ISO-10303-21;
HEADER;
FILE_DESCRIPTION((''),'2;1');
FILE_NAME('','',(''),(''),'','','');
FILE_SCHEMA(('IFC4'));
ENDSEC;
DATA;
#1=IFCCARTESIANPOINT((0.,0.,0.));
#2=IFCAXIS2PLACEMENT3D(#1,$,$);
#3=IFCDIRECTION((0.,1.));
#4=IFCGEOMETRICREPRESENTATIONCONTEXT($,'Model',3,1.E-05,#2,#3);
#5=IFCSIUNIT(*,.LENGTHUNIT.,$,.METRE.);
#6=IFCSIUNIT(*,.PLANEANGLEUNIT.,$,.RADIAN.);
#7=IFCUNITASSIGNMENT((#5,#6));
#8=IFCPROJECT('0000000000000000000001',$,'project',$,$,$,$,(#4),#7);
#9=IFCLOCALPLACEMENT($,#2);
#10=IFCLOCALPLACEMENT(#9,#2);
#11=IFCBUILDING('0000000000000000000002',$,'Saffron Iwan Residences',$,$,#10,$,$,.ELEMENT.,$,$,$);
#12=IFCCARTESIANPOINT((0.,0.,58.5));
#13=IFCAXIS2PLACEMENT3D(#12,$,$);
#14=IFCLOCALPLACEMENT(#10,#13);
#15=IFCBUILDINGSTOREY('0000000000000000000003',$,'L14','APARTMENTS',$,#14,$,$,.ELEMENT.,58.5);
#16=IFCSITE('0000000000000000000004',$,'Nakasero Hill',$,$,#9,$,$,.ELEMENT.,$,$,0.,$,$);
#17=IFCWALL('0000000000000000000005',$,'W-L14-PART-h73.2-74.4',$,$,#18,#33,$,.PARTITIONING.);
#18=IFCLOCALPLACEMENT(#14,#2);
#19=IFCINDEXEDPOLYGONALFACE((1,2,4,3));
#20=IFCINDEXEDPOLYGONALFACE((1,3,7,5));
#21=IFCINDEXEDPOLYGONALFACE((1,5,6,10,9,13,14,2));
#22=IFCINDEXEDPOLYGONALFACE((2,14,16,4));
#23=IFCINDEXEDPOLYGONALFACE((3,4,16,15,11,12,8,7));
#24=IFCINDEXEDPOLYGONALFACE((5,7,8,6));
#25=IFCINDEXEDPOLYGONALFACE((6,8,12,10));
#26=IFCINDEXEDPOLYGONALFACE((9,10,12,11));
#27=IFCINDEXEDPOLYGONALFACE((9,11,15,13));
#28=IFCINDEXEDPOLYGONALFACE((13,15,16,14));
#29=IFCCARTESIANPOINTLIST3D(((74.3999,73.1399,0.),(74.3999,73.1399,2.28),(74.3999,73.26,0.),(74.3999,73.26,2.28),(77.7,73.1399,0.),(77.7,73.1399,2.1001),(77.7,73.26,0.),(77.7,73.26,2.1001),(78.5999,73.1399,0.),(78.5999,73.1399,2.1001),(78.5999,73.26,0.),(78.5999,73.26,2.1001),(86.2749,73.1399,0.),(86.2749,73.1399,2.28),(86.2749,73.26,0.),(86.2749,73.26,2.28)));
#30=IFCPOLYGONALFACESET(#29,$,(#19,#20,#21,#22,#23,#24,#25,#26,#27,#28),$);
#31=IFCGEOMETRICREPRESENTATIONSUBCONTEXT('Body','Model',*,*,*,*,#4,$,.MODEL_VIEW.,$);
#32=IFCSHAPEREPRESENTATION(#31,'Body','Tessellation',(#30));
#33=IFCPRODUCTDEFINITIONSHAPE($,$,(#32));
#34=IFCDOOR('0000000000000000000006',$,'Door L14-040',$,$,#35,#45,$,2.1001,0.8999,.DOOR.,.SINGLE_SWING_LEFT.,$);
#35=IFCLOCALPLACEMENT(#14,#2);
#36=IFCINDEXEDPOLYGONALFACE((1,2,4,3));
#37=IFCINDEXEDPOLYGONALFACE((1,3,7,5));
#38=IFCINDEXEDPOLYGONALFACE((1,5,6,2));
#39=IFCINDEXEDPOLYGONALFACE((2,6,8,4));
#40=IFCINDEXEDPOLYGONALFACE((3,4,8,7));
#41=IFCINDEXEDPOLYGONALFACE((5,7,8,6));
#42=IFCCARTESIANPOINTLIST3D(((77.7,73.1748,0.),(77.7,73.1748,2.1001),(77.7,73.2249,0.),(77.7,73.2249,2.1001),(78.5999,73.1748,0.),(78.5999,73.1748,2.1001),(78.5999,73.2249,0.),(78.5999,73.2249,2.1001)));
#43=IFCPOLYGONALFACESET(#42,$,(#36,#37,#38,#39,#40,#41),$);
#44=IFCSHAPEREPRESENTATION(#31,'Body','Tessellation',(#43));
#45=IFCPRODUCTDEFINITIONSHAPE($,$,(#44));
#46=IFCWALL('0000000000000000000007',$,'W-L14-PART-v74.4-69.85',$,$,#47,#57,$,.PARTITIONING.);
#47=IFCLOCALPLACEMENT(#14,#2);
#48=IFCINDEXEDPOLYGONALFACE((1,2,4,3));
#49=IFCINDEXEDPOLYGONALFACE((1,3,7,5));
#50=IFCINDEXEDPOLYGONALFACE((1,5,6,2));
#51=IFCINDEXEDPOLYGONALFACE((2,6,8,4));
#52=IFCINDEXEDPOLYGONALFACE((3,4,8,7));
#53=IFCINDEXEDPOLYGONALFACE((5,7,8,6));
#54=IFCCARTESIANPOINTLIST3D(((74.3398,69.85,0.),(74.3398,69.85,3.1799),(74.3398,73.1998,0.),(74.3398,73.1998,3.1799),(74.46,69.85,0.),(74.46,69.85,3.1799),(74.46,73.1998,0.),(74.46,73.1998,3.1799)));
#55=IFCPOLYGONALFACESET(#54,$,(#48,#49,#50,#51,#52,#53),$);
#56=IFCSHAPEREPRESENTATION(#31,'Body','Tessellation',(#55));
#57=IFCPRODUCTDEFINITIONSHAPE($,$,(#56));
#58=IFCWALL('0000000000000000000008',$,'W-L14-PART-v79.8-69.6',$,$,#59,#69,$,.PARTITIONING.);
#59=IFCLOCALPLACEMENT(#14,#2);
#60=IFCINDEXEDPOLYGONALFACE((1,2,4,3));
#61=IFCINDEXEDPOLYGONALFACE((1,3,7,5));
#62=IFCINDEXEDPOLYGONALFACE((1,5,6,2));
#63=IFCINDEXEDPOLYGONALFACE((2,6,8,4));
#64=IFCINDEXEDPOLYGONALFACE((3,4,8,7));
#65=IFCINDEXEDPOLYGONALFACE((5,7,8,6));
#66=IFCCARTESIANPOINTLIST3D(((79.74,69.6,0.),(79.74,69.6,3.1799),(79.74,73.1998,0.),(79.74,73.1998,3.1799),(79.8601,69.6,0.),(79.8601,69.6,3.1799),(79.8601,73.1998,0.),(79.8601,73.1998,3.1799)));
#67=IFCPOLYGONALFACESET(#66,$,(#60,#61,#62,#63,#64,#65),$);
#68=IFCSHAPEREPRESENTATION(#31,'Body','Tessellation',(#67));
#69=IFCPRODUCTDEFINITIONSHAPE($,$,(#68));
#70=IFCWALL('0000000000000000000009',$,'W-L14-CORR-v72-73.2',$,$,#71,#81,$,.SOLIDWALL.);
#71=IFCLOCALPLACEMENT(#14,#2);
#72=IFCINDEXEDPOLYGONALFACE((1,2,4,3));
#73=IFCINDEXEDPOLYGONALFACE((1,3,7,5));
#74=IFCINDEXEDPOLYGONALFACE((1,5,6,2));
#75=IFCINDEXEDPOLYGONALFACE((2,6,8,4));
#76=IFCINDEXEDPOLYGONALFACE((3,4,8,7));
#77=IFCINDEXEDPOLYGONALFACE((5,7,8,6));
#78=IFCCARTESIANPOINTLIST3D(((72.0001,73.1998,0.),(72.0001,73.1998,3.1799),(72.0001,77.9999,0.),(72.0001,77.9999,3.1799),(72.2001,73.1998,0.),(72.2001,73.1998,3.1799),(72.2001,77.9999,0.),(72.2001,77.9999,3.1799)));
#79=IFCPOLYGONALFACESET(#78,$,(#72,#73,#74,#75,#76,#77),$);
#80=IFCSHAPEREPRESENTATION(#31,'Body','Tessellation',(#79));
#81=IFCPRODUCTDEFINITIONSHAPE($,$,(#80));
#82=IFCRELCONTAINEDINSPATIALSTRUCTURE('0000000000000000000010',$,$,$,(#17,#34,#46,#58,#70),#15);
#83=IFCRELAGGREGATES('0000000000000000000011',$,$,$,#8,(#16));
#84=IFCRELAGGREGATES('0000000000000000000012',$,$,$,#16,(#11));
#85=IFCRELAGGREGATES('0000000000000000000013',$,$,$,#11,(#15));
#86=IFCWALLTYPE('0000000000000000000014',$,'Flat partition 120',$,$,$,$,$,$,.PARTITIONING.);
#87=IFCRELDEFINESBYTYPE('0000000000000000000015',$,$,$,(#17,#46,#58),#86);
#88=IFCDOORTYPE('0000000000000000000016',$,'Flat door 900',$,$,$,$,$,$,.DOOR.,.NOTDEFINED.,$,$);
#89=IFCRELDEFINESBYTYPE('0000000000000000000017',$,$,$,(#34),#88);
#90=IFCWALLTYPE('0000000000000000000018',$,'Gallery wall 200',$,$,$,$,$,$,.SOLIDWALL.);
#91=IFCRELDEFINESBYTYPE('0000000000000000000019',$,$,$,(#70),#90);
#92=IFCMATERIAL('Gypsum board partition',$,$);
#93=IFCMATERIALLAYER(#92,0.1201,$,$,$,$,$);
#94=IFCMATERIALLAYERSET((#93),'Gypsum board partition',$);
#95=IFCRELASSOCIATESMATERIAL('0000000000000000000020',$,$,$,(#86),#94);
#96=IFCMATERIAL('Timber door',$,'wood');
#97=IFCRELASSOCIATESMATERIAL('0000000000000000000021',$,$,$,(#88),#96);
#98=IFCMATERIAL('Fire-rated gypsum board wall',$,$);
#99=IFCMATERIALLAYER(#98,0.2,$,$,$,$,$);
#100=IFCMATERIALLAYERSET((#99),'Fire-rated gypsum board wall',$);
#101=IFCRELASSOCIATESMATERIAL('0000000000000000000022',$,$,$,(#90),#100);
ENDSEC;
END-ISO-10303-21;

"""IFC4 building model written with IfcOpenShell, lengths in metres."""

from ifc_helpers import new_model, si_unit, direction, frame, frame_2d, origin, place, context, subcontext, project, spatial, rectangle, extrude, material, layer, layer_set, type_object, element, fill, save


model = new_model("IFC4")

# Units and contexts
model_context = context("Model", 3, precision=1e-05, world=origin(), true_north=direction((0.0, 1.0)))
body_context = subcontext(model_context, "Body", "Model", "MODEL_VIEW")
ifc_project = project(units=[si_unit("LENGTHUNIT", "METRE"), si_unit("PLANEANGLEUNIT", "RADIAN")], contexts=[model_context])

# Site, building, storey
site_placement = place(None, origin())
site = spatial("IfcSite", under=ifc_project, at=site_placement, Name="Nakasero Hill", CompositionType="ELEMENT", RefElevation=0.0)
building_placement = place(site_placement, origin())
building = spatial("IfcBuilding", under=site, at=building_placement, Name="Saffron Iwan Residences", CompositionType="ELEMENT")
storey_placement = place(building_placement, frame((0.0, 0.0, 58.5)))
storey = spatial("IfcBuildingStorey", under=building, at=storey_placement, Name="L14", Description="APARTMENTS", CompositionType="ELEMENT", Elevation=58.5)

# Shared definitions
ifc_material_1 = material(Name="Gypsum board partition")
ifc_layer_1 = layer(ifc_material_1, 0.1201)
ifc_layer_set_1 = layer_set([ifc_layer_1], Name="Gypsum board partition")
wall_type_1 = type_object("IfcWallType", Name="Flat partition 120", PredefinedType="PARTITIONING", material=ifc_layer_set_1)
ifc_material_2 = material(Name="Timber door", Category="wood")

# Wall, opening, door
wall_1_placement = place(storey_placement, frame((74.3999, 73.2, 0.0), z_axis=(0.0, 0.0, 1.0), x_axis=(1.0, 0.0, 0.0)))
wall_1 = element("IfcWall", 1, at=wall_1_placement, inside=storey, type_object=wall_type_1, Name="W-L14-PART-h73.2-74.4", PredefinedType="PARTITIONING", context=body_context, shape_type="SweptSolid", body=[
    extrude(rectangle(XDim=11.875, YDim=0.1201, at=frame_2d((5.9375, 0.0))), origin(), (0.0, 0.0, 1.0), 2.28),
])
opening_1_placement = place(wall_1_placement, frame((3.3, 0.0, 0.0)))
opening_1 = element("IfcOpeningElement", 2, at=opening_1_placement, cuts=wall_1, PredefinedType="OPENING", context=body_context, shape_type="SweptSolid", body=[
    extrude(rectangle(XDim=0.8999, YDim=2.1001, at=frame_2d((0.45, 1.05))), frame((0.0, 0.0701, 0.0), z_axis=(0.0, -1.0, 0.0), x_axis=(1.0, 0.0, 0.0)), (0.0, 0.0, 1.0), 0.1401),
])
door_type_1 = type_object("IfcDoorType", Name="Flat door 900", OperationType="NOTDEFINED", PredefinedType="DOOR", material=ifc_material_2)
door_1_placement = place(opening_1_placement, origin())
door_1 = element("IfcDoor", 3, at=door_1_placement, inside=storey, type_object=door_type_1, Name="Door L14-040", OperationType="SINGLE_SWING_LEFT", OverallHeight=2.1001, OverallWidth=0.8999, PredefinedType="DOOR", context=body_context, shape_type="SweptSolid", body=[
    extrude(rectangle(XDim=0.8999, YDim=2.1001, at=frame_2d((0.45, 1.05))), frame((0.0, 0.0249, 0.0), z_axis=(0.0, -1.0, 0.0), x_axis=(1.0, 0.0, 0.0)), (0.0, 0.0, 1.0), 0.05),
])
fill(opening_1, door_1)

# Walls
wall_2_placement = place(storey_placement, frame((74.3999, 69.8501, 0.0), z_axis=(0.0, 0.0, 1.0), x_axis=(0.0, 1.0, 0.0)))
element("IfcWall", 4, at=wall_2_placement, inside=storey, type_object=wall_type_1, Name="W-L14-PART-v74.4-69.85", PredefinedType="PARTITIONING", context=body_context, shape_type="SweptSolid", body=[
    extrude(rectangle(XDim=3.3499, YDim=0.1201, at=frame_2d((1.6748, 0.0))), origin(), (0.0, 0.0, 1.0), 3.1799),
])
wall_3_placement = place(storey_placement, frame((79.8, 69.6001, 0.0), z_axis=(0.0, 0.0, 1.0), x_axis=(0.0, 1.0, 0.0)))
element("IfcWall", 5, at=wall_3_placement, inside=storey, type_object=wall_type_1, Name="W-L14-PART-v79.8-69.6", PredefinedType="PARTITIONING", context=body_context, shape_type="SweptSolid", body=[
    extrude(rectangle(XDim=3.5999, YDim=0.1201, at=frame_2d((1.7998, 0.0))), origin(), (0.0, 0.0, 1.0), 3.1799),
])
ifc_material_3 = material(Name="Fire-rated gypsum board wall")
ifc_layer_2 = layer(ifc_material_3, 0.2)
ifc_layer_set_2 = layer_set([ifc_layer_2], Name="Fire-rated gypsum board wall")
wall_type_2 = type_object("IfcWallType", Name="Gallery wall 200", PredefinedType="SOLIDWALL", material=ifc_layer_set_2)
wall_4_placement = place(storey_placement, frame((72.1001, 73.2, 0.0), z_axis=(0.0, 0.0, 1.0), x_axis=(0.0, 1.0, 0.0)))
element("IfcWall", 6, at=wall_4_placement, inside=storey, type_object=wall_type_2, Name="W-L14-CORR-v72-73.2", PredefinedType="SOLIDWALL", context=body_context, shape_type="SweptSolid", body=[
    extrude(rectangle(XDim=4.8, YDim=0.2, at=frame_2d((2.3999, 0.0))), origin(), (0.0, 0.0, 1.0), 3.1799),
])

save(model, "model.ifc")
